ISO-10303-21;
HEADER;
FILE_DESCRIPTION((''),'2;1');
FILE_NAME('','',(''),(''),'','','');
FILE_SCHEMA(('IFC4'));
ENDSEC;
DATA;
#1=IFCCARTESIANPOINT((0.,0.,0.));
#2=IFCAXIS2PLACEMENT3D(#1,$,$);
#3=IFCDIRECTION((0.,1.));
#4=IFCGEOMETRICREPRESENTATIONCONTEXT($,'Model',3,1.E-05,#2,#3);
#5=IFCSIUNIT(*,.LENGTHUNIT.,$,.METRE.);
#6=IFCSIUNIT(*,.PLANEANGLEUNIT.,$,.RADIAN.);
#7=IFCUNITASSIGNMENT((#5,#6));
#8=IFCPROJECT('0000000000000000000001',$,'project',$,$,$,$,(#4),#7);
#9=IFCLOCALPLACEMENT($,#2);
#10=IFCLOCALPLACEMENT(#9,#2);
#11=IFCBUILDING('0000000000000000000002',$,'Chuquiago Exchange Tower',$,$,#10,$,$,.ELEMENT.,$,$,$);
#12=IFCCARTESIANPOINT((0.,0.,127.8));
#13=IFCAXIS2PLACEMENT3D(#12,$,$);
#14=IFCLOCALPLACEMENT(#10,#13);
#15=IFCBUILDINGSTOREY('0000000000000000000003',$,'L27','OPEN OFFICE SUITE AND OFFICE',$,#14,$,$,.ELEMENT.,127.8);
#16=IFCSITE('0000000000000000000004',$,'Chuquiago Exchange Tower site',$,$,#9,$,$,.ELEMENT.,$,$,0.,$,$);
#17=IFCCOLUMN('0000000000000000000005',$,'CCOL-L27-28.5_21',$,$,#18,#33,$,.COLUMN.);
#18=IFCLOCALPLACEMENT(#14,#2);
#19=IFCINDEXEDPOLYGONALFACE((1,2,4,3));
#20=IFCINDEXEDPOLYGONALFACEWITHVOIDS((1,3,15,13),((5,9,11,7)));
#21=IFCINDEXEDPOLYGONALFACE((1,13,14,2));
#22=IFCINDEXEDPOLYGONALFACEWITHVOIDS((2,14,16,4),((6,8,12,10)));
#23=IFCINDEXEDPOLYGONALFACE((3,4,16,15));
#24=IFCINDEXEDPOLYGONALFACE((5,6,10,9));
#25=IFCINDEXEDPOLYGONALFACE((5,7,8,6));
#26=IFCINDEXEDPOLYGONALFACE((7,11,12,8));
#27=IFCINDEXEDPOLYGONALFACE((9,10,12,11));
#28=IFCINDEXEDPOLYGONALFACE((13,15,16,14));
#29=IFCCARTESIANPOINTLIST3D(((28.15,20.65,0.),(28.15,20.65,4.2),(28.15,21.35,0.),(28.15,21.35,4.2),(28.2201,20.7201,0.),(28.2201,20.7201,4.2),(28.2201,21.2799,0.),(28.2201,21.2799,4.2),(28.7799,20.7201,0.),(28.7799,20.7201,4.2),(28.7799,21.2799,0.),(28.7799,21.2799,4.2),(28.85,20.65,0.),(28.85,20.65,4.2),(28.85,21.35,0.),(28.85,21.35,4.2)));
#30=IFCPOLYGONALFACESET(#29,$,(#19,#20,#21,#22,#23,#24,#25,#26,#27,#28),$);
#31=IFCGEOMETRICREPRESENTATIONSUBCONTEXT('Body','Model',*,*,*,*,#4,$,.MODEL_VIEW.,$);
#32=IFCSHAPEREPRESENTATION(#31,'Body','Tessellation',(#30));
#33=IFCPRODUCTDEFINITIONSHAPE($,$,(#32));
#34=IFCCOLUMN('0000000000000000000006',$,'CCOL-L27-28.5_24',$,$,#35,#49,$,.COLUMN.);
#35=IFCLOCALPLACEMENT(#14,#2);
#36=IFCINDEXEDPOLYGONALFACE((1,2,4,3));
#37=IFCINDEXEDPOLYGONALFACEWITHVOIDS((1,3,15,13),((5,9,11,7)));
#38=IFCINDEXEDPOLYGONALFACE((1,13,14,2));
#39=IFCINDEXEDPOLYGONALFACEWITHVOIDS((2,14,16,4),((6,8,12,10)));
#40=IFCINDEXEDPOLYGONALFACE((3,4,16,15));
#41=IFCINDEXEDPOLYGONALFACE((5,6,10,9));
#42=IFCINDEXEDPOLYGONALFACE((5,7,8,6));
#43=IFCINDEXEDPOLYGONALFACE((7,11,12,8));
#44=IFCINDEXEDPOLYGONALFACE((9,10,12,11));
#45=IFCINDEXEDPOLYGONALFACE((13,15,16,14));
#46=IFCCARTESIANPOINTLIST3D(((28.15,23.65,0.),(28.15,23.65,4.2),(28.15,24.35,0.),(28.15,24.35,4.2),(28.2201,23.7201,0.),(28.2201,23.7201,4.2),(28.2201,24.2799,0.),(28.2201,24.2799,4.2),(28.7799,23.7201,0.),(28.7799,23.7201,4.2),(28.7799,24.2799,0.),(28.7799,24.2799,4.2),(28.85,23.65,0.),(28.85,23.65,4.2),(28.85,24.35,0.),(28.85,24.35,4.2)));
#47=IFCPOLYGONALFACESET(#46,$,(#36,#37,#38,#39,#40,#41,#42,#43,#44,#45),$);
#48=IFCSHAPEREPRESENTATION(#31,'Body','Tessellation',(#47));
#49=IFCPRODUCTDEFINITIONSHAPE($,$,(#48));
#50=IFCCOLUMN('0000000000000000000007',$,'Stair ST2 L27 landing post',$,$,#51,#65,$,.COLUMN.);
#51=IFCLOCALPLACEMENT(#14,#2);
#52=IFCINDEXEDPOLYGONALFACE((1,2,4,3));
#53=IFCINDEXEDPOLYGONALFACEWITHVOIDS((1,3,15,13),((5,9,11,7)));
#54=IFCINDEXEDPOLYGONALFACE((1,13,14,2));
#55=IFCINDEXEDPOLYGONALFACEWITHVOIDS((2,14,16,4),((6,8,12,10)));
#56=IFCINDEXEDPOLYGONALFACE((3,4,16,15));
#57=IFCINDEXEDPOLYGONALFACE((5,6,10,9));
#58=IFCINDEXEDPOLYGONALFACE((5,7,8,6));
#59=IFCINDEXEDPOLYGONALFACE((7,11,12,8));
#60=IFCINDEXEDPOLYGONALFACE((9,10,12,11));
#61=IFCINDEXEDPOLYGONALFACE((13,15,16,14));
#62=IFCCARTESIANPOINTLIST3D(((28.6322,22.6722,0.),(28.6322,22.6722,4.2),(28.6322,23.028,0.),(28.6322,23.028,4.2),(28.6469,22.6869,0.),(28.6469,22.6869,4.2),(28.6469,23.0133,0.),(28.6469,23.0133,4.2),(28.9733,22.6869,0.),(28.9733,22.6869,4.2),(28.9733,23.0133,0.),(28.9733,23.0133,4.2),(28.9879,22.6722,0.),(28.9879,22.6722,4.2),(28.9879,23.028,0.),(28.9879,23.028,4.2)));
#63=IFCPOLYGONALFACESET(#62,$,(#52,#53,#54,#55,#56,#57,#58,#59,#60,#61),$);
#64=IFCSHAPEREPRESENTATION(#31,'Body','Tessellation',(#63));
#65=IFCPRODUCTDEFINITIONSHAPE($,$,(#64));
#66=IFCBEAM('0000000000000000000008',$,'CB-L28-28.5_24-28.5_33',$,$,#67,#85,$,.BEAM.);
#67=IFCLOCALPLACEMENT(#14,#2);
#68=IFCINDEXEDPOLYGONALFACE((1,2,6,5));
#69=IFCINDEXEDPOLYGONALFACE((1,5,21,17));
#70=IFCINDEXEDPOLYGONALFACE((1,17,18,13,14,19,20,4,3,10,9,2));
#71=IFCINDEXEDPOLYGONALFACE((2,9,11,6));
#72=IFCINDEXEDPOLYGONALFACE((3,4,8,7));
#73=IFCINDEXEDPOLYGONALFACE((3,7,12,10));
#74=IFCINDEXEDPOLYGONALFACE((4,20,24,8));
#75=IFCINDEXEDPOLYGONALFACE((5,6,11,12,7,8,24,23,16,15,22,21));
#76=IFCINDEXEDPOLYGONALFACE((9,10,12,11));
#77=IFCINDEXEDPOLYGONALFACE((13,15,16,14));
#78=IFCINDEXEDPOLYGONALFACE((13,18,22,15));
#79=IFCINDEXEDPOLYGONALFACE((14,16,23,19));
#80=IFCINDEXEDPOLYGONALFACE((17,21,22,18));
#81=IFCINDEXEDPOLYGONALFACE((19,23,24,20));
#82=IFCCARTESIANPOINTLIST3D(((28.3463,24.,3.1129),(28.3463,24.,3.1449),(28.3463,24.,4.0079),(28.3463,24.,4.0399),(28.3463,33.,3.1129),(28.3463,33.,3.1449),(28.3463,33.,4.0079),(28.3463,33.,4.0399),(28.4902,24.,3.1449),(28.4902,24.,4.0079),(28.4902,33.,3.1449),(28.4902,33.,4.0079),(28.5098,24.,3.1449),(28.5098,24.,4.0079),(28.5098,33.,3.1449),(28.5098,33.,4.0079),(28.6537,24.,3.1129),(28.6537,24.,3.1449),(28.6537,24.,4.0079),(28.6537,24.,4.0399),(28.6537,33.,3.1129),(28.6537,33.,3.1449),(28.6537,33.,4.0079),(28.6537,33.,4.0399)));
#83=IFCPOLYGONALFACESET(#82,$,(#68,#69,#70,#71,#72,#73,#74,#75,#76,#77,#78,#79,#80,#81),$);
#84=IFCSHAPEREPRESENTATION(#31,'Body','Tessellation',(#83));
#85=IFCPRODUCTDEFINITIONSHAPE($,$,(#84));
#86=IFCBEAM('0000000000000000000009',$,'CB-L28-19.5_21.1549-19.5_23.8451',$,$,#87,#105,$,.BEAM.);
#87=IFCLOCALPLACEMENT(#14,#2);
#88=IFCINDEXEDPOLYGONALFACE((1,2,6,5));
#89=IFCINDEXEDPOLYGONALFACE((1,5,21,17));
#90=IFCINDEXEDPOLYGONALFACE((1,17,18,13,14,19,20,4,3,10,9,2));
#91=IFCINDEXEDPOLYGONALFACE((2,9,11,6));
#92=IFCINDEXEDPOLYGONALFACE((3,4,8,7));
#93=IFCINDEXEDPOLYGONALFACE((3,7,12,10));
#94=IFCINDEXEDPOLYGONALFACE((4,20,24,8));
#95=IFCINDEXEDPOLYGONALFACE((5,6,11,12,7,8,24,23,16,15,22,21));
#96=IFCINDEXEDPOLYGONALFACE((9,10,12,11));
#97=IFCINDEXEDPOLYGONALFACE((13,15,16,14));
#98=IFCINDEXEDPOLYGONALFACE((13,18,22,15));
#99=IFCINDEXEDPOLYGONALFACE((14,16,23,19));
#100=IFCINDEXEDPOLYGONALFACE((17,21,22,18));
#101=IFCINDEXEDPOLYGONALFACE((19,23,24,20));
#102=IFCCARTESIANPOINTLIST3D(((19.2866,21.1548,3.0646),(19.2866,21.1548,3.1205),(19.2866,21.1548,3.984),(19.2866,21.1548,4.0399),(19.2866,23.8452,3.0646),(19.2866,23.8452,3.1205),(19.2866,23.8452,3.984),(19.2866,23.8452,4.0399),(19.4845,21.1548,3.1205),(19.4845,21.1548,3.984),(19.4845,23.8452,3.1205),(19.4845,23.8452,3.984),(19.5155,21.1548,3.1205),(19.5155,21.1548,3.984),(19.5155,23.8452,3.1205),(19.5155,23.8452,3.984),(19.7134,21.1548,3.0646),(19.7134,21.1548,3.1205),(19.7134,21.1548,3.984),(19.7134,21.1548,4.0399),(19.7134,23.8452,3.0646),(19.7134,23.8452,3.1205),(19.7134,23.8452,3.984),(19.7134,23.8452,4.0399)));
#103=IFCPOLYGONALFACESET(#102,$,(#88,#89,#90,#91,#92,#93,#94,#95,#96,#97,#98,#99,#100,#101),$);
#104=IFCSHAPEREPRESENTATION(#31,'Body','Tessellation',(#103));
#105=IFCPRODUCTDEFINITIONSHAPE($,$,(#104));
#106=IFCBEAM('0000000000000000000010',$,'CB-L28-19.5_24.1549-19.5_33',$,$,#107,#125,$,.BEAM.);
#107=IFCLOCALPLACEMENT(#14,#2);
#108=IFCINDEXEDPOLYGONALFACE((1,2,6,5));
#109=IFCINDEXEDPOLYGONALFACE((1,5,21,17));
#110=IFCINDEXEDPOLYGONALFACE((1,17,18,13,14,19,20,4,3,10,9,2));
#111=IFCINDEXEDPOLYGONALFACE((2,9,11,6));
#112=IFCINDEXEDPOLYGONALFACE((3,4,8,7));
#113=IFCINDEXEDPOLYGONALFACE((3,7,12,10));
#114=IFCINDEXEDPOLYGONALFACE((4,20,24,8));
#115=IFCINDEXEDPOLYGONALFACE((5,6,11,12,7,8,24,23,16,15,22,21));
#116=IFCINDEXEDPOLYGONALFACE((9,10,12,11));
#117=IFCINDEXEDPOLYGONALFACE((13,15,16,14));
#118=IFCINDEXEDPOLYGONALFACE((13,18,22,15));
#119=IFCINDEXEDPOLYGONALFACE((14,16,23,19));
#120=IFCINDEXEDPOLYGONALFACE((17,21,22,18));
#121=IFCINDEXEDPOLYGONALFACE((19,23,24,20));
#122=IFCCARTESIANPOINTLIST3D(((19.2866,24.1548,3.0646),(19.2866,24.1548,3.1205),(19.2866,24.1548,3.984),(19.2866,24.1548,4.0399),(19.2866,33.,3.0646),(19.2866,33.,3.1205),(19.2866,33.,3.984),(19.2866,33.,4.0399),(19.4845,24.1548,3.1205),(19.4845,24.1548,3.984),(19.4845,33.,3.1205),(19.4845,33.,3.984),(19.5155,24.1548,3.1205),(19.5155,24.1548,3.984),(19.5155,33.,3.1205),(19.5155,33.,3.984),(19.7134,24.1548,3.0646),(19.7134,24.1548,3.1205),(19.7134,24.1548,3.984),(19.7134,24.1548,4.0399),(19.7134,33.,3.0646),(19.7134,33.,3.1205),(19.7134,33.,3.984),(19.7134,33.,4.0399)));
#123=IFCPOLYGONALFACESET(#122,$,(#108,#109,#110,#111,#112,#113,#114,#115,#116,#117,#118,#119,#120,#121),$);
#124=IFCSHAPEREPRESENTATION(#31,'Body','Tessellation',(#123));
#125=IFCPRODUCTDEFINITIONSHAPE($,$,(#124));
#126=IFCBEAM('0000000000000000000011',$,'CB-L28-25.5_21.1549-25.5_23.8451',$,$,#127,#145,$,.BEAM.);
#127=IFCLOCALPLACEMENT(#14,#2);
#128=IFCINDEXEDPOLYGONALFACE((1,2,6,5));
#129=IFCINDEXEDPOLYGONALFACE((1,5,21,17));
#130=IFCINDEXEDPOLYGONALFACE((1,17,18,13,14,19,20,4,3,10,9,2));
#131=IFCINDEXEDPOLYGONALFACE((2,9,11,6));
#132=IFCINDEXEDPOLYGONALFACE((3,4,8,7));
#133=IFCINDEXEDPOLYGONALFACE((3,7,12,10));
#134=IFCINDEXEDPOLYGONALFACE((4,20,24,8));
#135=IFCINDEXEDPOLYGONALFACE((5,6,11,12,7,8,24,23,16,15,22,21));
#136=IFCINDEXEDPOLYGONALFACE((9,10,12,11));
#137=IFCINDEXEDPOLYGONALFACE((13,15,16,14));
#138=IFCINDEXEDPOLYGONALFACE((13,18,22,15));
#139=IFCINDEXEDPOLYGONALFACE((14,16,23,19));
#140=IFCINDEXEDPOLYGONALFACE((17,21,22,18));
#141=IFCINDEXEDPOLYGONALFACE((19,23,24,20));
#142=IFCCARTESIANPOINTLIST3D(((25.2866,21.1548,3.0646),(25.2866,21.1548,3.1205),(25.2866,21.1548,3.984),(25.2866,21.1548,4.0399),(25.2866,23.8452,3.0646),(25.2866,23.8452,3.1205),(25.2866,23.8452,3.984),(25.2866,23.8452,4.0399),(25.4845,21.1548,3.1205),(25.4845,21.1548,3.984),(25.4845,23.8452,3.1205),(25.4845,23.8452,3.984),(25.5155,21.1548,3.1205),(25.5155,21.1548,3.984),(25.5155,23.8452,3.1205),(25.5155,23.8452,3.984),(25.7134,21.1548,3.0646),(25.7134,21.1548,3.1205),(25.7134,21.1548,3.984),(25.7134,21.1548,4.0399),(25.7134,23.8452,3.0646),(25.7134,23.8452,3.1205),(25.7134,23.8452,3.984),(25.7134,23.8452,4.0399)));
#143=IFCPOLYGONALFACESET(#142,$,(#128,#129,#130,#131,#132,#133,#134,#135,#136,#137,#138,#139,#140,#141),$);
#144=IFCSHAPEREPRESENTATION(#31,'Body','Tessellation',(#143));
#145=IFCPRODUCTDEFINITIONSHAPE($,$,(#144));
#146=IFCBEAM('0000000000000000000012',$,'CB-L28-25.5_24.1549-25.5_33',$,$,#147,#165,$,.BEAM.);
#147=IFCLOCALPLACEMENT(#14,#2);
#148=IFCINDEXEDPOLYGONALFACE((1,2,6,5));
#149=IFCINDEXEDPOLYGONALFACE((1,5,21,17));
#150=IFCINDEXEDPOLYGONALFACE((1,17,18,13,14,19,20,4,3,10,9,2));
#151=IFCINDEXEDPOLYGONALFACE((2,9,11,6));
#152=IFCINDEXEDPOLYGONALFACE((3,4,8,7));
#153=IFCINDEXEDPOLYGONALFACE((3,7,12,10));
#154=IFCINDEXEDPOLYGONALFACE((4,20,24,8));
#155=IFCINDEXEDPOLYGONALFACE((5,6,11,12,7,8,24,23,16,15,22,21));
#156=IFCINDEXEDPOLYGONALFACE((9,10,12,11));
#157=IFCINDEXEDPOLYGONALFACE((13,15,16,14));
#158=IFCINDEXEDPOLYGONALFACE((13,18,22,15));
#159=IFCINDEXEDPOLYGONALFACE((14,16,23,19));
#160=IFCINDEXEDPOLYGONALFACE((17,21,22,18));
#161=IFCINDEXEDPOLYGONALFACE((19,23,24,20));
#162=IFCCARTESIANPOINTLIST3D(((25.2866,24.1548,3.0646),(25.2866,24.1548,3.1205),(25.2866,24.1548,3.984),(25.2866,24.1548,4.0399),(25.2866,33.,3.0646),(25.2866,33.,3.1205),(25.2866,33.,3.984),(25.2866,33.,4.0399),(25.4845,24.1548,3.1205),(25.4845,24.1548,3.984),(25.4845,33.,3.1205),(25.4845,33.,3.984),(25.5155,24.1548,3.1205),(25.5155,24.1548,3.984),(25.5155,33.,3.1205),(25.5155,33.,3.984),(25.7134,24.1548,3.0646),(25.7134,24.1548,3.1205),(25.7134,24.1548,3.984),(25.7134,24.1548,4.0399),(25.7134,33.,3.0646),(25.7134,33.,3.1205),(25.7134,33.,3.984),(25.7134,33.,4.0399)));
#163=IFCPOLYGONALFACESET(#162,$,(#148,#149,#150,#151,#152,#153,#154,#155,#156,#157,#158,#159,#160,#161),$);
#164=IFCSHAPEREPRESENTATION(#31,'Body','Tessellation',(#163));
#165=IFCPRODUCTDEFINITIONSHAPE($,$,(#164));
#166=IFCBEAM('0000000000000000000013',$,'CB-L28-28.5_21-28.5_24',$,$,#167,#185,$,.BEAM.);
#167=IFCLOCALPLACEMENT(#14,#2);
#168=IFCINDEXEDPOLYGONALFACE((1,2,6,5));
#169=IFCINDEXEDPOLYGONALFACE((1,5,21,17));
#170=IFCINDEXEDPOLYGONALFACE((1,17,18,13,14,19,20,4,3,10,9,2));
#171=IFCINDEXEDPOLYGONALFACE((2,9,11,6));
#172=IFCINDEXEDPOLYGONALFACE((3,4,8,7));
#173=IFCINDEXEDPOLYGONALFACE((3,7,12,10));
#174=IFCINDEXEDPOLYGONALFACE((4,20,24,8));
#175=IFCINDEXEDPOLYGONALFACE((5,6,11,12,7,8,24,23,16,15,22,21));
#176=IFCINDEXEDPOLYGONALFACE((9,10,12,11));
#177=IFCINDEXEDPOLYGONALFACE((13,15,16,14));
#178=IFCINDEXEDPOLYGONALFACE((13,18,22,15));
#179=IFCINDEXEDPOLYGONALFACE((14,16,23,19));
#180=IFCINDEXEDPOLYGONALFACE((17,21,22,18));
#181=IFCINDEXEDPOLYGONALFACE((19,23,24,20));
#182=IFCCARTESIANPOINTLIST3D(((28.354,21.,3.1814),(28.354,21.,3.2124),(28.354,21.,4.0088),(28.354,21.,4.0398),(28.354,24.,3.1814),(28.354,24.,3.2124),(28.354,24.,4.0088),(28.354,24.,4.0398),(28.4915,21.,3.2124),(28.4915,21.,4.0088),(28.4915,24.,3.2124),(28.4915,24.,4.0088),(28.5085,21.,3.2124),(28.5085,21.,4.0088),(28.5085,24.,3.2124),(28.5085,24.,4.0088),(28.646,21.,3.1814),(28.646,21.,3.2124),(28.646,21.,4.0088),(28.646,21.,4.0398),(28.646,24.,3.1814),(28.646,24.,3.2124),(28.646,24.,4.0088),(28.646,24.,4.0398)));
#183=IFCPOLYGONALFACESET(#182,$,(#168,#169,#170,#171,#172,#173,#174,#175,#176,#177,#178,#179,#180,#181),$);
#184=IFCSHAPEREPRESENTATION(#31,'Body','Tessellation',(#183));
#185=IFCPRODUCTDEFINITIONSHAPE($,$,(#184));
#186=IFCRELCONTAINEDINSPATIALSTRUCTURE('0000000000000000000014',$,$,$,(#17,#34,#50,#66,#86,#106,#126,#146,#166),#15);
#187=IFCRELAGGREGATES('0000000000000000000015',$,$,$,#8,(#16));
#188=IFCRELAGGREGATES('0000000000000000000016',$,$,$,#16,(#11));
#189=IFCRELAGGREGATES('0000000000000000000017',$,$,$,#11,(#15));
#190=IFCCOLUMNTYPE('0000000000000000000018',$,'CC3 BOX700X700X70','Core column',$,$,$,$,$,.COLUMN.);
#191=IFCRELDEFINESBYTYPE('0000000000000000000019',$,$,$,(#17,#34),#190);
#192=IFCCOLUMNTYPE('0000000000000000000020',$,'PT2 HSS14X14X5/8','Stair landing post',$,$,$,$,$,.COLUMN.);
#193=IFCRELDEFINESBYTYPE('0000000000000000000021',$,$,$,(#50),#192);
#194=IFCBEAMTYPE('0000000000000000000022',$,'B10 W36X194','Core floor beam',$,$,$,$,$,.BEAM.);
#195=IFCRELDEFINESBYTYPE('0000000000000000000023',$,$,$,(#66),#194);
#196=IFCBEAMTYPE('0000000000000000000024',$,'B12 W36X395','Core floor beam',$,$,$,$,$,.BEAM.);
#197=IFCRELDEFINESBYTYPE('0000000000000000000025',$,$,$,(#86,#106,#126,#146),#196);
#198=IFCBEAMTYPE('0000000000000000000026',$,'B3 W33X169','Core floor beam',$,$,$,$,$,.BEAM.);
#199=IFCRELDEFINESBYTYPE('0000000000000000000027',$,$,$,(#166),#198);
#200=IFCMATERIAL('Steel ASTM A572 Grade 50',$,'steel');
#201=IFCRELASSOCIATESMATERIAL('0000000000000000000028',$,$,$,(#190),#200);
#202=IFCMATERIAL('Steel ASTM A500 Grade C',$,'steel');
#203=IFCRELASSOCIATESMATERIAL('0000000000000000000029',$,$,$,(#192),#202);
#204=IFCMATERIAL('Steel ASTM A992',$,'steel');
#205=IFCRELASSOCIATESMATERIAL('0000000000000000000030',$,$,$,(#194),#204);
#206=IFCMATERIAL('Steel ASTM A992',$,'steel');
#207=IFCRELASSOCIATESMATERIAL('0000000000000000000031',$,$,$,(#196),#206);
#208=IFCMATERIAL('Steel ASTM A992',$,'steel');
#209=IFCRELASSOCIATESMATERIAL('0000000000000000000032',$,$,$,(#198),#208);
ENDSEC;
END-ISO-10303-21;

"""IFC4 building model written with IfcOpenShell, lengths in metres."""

from ifc_helpers import new_model, si_unit, direction, frame, origin, origin_2d, place, context, subcontext, project, spatial, hollow_rectangle, i_section, extrude, material, material_profile, profile_set, type_object, element, save


model = new_model("IFC4")

# Units and contexts
model_context = context("Model", 3, precision=1e-05, world=origin(), true_north=direction((0.0, 1.0)))
body_context = subcontext(model_context, "Body", "Model", "MODEL_VIEW")
ifc_project = project(units=[si_unit("LENGTHUNIT", "METRE"), si_unit("PLANEANGLEUNIT", "RADIAN")], contexts=[model_context])

# Site, building, storey
site_placement = place(None, origin())
site = spatial("IfcSite", under=ifc_project, at=site_placement, Name="Chuquiago Exchange Tower site", CompositionType="ELEMENT", RefElevation=0.0)
building_placement = place(site_placement, origin())
building = spatial("IfcBuilding", under=site, at=building_placement, Name="Chuquiago Exchange Tower", CompositionType="ELEMENT")
storey_placement = place(building_placement, frame((0.0, 0.0, 127.8)))
storey = spatial("IfcBuildingStorey", under=building, at=storey_placement, Name="L27", Description="OPEN OFFICE SUITE AND OFFICE", CompositionType="ELEMENT", Elevation=127.8)

# Columns
ifc_material_1 = material(Name="Steel ASTM A572 Grade 50", Category="steel")
ifc_material_profile_1 = material_profile(ifc_material_1, hollow_rectangle(XDim=0.7, YDim=0.7, WallThickness=0.0701, at=origin_2d()), Name="BOX700X700X70")
ifc_profile_set_1 = profile_set([ifc_material_profile_1], Name="Steel ASTM A572 Grade 50")
column_type_1 = type_object("IfcColumnType", Name="CC3 BOX700X700X70", Description="Core column", PredefinedType="COLUMN", material=ifc_profile_set_1)
for number, where, z_axis, x_axis, name in (
    (1, (28.5, 21.0, 0.0), (0.0, 0.0, 1.0), (1.0, 0.0, 0.0), "CCOL-L27-28.5_21"),
    (2, (28.5, 24.0, 0.0), (0.0, 0.0, 1.0), (1.0, 0.0, 0.0), "CCOL-L27-28.5_24"),
):
    element("IfcColumn", number, at=place(storey_placement, frame(where, z_axis=z_axis, x_axis=x_axis)), inside=storey, type_object=column_type_1, Name=name, PredefinedType="COLUMN", context=body_context, shape_type="SweptSolid", body=[
        extrude(hollow_rectangle(XDim=0.7, YDim=0.7, WallThickness=0.0701, at=origin_2d()), origin(), (0.0, 0.0, 1.0), 4.2),
    ])
ifc_material_2 = material(Name="Steel ASTM A500 Grade C", Category="steel")
ifc_material_profile_2 = material_profile(ifc_material_2, hollow_rectangle(XDim=0.3557, YDim=0.3557, WallThickness=0.0146, at=origin_2d()), Name="HSS14X14X5/8")
ifc_profile_set_2 = profile_set([ifc_material_profile_2], Name="Steel ASTM A500 Grade C")
column_type_2 = type_object("IfcColumnType", Name="PT2 HSS14X14X5/8", Description="Stair landing post", PredefinedType="COLUMN", material=ifc_profile_set_2)
column_placement = place(storey_placement, frame((28.8101, 22.8501, 0.0), z_axis=(0.0, 0.0, 1.0), x_axis=(1.0, 0.0, 0.0)))
element("IfcColumn", 3, at=column_placement, inside=storey, type_object=column_type_2, Name="Stair ST2 L27 landing post", PredefinedType="COLUMN", context=body_context, shape_type="SweptSolid", body=[
    extrude(hollow_rectangle(XDim=0.3557, YDim=0.3557, WallThickness=0.0146, at=origin_2d()), origin(), (0.0, 0.0, 1.0), 4.2),
])

# Beams
ifc_material_3 = material(Name="Steel ASTM A992", Category="steel")
ifc_material_profile_3 = material_profile(ifc_material_3, i_section(OverallWidth=0.3074, OverallDepth=0.927, WebThickness=0.0195, FlangeThickness=0.032, at=origin_2d()), Name="W36X194")
ifc_profile_set_3 = profile_set([ifc_material_profile_3], Name="Steel ASTM A992")
beam_type_1 = type_object("IfcBeamType", Name="B10 W36X194", Description="Core floor beam", PredefinedType="BEAM", material=ifc_profile_set_3)
beam_1_placement = place(storey_placement, frame((28.5, 24.0, 3.5764), z_axis=(0.0, 1.0, 0.0), x_axis=(-1.0, 0.0, 0.0)))
element("IfcBeam", 4, at=beam_1_placement, inside=storey, type_object=beam_type_1, Name="CB-L28-28.5_24-28.5_33", PredefinedType="BEAM", context=body_context, shape_type="SweptSolid", body=[
    extrude(i_section(OverallWidth=0.3074, OverallDepth=0.927, WebThickness=0.0195, FlangeThickness=0.032, at=origin_2d()), origin(), (0.0, 0.0, 1.0), 9.0),
])
ifc_material_4 = material(Name="Steel ASTM A992", Category="steel")
ifc_material_profile_4 = material_profile(ifc_material_4, i_section(OverallWidth=0.4268, OverallDepth=0.9753, WebThickness=0.031, FlangeThickness=0.0559, at=origin_2d()), Name="W36X395")
ifc_profile_set_4 = profile_set([ifc_material_profile_4], Name="Steel ASTM A992")
beam_type_2 = type_object("IfcBeamType", Name="B12 W36X395", Description="Core floor beam", PredefinedType="BEAM", material=ifc_profile_set_4)
beam_2_placement = place(storey_placement, frame((19.5, 21.1548, 3.5522), z_axis=(0.0, 1.0, 0.0), x_axis=(-1.0, 0.0, 0.0)))
element("IfcBeam", 5, at=beam_2_placement, inside=storey, type_object=beam_type_2, Name="CB-L28-19.5_21.1549-19.5_23.8451", PredefinedType="BEAM", context=body_context, shape_type="SweptSolid", body=[
    extrude(i_section(OverallWidth=0.4268, OverallDepth=0.9753, WebThickness=0.031, FlangeThickness=0.0559, at=origin_2d()), origin(), (0.0, 0.0, 1.0), 2.6904),
])
beam_3_placement = place(storey_placement, frame((19.5, 24.1548, 3.5522), z_axis=(0.0, 1.0, 0.0), x_axis=(-1.0, 0.0, 0.0)))
element("IfcBeam", 6, at=beam_3_placement, inside=storey, type_object=beam_type_2, Name="CB-L28-19.5_24.1549-19.5_33", PredefinedType="BEAM", context=body_context, shape_type="SweptSolid", body=[
    extrude(i_section(OverallWidth=0.4268, OverallDepth=0.9753, WebThickness=0.031, FlangeThickness=0.0559, at=origin_2d()), origin(), (0.0, 0.0, 1.0), 8.8452),
])
beam_4_placement = place(storey_placement, frame((25.5, 21.1548, 3.5522), z_axis=(0.0, 1.0, 0.0), x_axis=(-1.0, 0.0, 0.0)))
element("IfcBeam", 7, at=beam_4_placement, inside=storey, type_object=beam_type_2, Name="CB-L28-25.5_21.1549-25.5_23.8451", PredefinedType="BEAM", context=body_context, shape_type="SweptSolid", body=[
    extrude(i_section(OverallWidth=0.4268, OverallDepth=0.9753, WebThickness=0.031, FlangeThickness=0.0559, at=origin_2d()), origin(), (0.0, 0.0, 1.0), 2.6904),
])
beam_5_placement = place(storey_placement, frame((25.5, 24.1548, 3.5522), z_axis=(0.0, 1.0, 0.0), x_axis=(-1.0, 0.0, 0.0)))
element("IfcBeam", 8, at=beam_5_placement, inside=storey, type_object=beam_type_2, Name="CB-L28-25.5_24.1549-25.5_33", PredefinedType="BEAM", context=body_context, shape_type="SweptSolid", body=[
    extrude(i_section(OverallWidth=0.4268, OverallDepth=0.9753, WebThickness=0.031, FlangeThickness=0.0559, at=origin_2d()), origin(), (0.0, 0.0, 1.0), 8.8452),
])
ifc_material_5 = material(Name="Steel ASTM A992", Category="steel")
ifc_material_profile_5 = material_profile(ifc_material_5, i_section(OverallWidth=0.292, OverallDepth=0.8584, WebThickness=0.0171, FlangeThickness=0.031, at=origin_2d()), Name="W33X169")
ifc_profile_set_5 = profile_set([ifc_material_profile_5], Name="Steel ASTM A992")
beam_type_3 = type_object("IfcBeamType", Name="B3 W33X169", Description="Core floor beam", PredefinedType="BEAM", material=ifc_profile_set_5)
beam_6_placement = place(storey_placement, frame((28.5, 21.0, 3.6106), z_axis=(0.0, 1.0, 0.0), x_axis=(-1.0, 0.0, 0.0)))
element("IfcBeam", 9, at=beam_6_placement, inside=storey, type_object=beam_type_3, Name="CB-L28-28.5_21-28.5_24", PredefinedType="BEAM", context=body_context, shape_type="SweptSolid", body=[
    extrude(i_section(OverallWidth=0.292, OverallDepth=0.8584, WebThickness=0.0171, FlangeThickness=0.031, at=origin_2d()), origin(), (0.0, 0.0, 1.0), 3.0),
])

save(model, "model.ifc")
